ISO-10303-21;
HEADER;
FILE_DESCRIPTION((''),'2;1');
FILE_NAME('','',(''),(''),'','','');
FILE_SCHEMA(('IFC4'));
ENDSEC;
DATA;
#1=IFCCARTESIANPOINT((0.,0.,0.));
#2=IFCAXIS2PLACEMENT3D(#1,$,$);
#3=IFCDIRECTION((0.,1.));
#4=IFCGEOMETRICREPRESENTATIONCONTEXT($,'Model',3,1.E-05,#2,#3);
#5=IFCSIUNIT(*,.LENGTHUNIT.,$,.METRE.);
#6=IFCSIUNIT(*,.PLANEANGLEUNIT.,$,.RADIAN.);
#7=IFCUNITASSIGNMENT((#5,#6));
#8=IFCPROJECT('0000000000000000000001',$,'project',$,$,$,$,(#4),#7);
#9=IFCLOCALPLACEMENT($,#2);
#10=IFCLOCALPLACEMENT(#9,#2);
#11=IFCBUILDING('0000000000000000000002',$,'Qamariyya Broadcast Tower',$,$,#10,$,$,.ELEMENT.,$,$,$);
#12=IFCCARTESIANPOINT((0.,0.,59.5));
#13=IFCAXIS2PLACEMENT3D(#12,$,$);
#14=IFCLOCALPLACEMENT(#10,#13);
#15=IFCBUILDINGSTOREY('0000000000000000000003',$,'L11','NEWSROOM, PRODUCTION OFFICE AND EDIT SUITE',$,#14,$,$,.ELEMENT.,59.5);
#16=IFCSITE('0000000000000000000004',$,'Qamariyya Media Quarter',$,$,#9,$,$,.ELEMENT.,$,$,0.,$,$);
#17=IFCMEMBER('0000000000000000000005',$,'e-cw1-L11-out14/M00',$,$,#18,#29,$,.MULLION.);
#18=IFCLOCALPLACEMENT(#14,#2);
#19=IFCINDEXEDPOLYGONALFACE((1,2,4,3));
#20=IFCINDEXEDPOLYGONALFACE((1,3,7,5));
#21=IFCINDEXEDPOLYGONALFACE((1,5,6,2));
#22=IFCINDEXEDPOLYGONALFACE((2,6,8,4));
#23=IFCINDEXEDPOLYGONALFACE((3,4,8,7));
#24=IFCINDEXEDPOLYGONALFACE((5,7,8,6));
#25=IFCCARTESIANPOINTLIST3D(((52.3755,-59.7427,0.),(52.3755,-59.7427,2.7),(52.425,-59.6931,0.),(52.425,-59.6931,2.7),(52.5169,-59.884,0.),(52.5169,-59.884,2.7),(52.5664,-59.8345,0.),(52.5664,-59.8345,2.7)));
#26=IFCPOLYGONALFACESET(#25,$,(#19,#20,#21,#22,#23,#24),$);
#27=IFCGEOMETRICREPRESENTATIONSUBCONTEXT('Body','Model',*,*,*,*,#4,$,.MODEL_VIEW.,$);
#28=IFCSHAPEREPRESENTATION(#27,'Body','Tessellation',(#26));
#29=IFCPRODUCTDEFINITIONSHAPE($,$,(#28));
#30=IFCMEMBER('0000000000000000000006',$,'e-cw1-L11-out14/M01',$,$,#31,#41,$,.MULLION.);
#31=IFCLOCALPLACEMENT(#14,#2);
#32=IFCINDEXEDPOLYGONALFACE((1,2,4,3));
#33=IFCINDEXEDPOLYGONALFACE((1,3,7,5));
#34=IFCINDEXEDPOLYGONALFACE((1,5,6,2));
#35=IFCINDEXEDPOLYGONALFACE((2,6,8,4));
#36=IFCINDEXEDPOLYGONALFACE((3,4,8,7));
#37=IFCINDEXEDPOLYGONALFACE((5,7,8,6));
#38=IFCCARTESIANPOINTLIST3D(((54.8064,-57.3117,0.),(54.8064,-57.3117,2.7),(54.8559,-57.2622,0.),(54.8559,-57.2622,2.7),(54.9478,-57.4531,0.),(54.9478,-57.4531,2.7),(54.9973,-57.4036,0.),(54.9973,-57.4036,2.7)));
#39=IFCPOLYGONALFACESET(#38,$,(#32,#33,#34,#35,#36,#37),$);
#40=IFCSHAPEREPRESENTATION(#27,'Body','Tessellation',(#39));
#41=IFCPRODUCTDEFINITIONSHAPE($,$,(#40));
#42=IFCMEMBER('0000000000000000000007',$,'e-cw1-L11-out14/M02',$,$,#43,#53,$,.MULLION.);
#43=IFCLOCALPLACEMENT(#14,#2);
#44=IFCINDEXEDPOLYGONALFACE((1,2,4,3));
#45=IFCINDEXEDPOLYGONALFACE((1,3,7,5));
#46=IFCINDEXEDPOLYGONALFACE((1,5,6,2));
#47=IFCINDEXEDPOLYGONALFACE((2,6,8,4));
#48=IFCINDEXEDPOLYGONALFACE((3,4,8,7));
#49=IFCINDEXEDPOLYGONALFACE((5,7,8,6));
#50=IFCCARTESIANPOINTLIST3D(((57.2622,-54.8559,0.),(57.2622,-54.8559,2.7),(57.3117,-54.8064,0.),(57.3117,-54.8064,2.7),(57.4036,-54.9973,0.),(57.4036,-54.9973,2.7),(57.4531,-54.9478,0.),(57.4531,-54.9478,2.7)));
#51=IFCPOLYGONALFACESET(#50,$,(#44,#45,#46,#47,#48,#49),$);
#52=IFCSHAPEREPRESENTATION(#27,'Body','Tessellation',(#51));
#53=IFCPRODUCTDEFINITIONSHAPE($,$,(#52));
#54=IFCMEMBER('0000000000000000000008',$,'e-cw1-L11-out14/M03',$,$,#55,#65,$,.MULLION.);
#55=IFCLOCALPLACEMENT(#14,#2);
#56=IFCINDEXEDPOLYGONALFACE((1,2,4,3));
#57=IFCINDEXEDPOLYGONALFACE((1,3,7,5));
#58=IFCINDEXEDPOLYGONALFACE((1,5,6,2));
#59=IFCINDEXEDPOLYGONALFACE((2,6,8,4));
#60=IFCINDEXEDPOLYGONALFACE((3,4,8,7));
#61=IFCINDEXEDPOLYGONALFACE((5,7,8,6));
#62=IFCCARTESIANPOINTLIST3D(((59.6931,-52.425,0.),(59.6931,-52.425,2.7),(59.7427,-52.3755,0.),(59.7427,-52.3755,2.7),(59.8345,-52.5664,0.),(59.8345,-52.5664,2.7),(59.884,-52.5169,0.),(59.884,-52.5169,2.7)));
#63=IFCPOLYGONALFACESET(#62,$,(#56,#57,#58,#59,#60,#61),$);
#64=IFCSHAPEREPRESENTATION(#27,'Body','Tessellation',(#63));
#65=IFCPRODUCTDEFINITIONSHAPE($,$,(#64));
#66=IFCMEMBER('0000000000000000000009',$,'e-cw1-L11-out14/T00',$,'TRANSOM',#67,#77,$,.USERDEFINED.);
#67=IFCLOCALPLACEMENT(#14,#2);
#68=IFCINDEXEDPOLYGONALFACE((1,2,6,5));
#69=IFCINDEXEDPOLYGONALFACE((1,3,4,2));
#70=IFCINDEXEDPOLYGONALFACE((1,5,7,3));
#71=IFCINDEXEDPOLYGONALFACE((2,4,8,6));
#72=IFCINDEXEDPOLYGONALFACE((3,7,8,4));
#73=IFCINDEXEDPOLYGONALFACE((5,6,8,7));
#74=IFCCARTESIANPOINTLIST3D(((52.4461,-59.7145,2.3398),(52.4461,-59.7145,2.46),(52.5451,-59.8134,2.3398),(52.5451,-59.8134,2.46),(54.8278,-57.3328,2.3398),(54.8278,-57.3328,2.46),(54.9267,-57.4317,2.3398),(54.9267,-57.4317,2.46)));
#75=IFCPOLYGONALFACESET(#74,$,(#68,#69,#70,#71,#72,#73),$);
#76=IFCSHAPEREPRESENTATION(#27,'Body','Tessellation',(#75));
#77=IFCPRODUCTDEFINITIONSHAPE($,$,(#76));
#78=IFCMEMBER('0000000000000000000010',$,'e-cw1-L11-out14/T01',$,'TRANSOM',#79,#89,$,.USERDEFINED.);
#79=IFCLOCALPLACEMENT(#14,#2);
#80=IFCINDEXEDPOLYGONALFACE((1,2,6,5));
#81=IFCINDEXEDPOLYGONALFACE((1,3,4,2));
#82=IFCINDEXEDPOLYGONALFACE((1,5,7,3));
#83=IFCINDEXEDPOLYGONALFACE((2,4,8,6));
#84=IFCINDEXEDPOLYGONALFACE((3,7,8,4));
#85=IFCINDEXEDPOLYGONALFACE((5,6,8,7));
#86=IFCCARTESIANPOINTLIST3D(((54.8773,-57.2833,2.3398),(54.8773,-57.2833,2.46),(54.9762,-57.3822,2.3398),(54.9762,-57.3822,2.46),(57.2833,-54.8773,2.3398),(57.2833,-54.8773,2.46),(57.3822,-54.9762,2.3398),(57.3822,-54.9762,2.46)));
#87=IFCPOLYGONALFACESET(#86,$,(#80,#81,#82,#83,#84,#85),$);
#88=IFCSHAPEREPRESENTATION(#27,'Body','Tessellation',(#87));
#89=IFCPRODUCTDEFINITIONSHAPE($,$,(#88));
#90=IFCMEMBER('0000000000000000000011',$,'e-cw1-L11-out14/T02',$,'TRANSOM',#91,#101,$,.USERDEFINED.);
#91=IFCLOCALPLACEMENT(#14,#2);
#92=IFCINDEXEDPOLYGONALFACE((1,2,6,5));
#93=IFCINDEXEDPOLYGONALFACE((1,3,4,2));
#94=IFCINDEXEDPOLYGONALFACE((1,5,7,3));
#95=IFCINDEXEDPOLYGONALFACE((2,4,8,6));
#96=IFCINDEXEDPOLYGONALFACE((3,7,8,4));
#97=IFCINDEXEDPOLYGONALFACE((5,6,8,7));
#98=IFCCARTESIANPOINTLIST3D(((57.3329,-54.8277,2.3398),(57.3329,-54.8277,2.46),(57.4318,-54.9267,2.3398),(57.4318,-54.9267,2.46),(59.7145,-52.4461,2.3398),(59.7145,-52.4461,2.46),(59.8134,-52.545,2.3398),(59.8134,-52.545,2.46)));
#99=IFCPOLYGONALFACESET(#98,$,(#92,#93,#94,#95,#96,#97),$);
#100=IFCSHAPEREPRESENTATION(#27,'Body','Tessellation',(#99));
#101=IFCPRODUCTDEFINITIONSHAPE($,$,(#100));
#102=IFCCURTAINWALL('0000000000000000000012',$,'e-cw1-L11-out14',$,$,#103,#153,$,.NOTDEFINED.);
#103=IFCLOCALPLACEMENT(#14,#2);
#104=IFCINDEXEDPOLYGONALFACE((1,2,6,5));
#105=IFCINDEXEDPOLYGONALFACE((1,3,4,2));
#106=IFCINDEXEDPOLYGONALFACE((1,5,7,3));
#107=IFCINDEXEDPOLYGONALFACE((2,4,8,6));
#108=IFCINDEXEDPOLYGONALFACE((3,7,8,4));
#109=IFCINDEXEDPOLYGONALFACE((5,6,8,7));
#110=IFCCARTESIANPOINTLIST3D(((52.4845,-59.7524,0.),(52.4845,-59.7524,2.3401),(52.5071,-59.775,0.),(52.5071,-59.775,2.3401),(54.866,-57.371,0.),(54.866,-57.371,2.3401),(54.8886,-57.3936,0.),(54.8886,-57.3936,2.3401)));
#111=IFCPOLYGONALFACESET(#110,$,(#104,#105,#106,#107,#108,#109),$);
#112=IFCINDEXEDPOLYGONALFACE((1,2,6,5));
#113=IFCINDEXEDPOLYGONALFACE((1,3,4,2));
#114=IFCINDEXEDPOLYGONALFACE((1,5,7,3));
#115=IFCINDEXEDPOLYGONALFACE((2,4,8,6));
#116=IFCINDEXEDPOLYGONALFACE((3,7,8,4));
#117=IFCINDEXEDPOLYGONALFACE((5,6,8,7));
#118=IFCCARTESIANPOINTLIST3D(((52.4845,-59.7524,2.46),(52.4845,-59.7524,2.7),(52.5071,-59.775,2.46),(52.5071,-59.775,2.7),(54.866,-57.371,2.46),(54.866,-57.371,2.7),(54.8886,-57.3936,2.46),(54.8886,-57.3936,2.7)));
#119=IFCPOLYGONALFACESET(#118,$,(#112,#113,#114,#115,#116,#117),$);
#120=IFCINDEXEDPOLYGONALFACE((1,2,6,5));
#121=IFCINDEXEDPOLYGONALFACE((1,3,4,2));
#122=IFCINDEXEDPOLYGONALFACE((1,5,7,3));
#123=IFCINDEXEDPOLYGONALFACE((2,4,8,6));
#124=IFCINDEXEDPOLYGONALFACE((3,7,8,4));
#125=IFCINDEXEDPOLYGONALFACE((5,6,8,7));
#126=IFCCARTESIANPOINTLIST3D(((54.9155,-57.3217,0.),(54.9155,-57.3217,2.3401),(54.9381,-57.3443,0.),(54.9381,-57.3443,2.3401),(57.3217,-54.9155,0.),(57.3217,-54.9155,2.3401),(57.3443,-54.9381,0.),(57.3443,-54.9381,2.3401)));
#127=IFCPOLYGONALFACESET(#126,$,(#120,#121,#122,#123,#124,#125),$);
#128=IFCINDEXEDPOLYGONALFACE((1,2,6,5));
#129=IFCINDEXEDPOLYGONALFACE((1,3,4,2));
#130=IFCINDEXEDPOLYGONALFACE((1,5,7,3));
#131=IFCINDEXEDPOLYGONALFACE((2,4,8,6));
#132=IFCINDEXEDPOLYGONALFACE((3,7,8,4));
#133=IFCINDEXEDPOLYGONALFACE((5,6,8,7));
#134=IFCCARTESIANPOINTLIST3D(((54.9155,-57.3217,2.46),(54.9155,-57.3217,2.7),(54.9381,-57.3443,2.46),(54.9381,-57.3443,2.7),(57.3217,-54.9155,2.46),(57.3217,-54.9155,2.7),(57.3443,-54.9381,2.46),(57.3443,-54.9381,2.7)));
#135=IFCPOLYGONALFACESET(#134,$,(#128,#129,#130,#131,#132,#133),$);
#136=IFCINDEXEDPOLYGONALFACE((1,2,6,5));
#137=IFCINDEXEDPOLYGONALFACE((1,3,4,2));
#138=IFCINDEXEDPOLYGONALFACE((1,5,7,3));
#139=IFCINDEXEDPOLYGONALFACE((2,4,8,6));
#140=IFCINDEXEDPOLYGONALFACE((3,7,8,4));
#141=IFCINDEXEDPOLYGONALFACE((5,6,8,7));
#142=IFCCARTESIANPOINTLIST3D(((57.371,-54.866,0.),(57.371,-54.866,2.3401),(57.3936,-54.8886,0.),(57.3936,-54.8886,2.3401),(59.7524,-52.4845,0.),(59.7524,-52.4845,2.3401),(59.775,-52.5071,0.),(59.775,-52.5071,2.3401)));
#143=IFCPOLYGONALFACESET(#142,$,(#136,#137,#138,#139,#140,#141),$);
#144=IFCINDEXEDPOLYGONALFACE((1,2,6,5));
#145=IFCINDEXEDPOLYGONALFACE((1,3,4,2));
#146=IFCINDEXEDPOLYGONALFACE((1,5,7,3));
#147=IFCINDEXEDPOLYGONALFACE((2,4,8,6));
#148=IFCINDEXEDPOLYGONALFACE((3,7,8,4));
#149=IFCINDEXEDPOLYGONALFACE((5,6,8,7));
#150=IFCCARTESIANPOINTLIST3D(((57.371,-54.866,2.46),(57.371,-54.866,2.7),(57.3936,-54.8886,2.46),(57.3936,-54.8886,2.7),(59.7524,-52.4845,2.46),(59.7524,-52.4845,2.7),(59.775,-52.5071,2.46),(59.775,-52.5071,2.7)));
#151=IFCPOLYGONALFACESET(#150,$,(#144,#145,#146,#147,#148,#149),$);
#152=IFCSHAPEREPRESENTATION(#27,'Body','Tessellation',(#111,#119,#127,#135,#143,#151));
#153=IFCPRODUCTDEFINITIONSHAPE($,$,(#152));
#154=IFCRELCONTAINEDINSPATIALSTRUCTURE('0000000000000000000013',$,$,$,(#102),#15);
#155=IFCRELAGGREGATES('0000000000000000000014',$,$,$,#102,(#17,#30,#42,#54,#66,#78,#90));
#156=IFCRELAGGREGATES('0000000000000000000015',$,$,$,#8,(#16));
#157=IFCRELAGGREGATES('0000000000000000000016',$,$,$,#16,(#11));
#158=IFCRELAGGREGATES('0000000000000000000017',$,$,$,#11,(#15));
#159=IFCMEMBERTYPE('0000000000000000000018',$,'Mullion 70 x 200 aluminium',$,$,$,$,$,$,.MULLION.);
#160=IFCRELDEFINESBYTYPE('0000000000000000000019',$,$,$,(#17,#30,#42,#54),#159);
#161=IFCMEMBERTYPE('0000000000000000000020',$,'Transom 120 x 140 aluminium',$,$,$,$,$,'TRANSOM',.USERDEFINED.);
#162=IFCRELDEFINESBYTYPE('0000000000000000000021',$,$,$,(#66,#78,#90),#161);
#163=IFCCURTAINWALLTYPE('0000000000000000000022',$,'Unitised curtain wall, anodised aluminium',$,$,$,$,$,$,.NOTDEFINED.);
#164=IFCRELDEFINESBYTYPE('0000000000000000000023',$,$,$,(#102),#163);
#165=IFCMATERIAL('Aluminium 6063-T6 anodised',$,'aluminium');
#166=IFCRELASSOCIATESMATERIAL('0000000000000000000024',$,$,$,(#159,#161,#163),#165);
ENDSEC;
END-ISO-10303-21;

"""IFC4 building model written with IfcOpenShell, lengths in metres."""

from ifc_helpers import new_model, si_unit, direction, frame, origin, origin_2d, place, context, subcontext, project, spatial, rectangle, extrude, material, material_profile, profile_set, type_object, element, aggregate, save


model = new_model("IFC4")

# Units and contexts
model_context = context("Model", 3, precision=1e-05, world=origin(), true_north=direction((0.0, 1.0)))
body_context = subcontext(model_context, "Body", "Model", "MODEL_VIEW")
ifc_project = project(units=[si_unit("LENGTHUNIT", "METRE"), si_unit("PLANEANGLEUNIT", "RADIAN")], contexts=[model_context])

# Members
ifc_material_1 = material(Name="Aluminium 6063-T6 anodised", Category="aluminium")
ifc_material_profile_1 = material_profile(ifc_material_1, rectangle(XDim=0.2, YDim=0.0701, at=origin_2d()))
ifc_profile_set_1 = profile_set([ifc_material_profile_1], Name="Aluminium 6063-T6 anodised")
member_type_1 = type_object("IfcMemberType", Name="Mullion 70 x 200 aluminium", PredefinedType="MULLION", material=ifc_profile_set_1)
site_placement = place(None, origin())
building_placement = place(site_placement, origin())
storey_placement = place(building_placement, frame((0.0, 0.0, 59.5)))
member_1_placement = place(storey_placement, frame((52.4709, -59.7886, 0.0), z_axis=(0.0, 0.0, 1.0), x_axis=(-0.707107, 0.707107, 0.0)))
member_1 = element("IfcMember", 1, at=member_1_placement, type_object=member_type_1, Name="e-cw1-L11-out14/M00", PredefinedType="MULLION", context=body_context, shape_type="SweptSolid", body=[
    extrude(rectangle(XDim=0.2, YDim=0.0701, at=origin_2d()), origin(), (0.0, 0.0, 1.0), 2.7),
])
member_2_placement = place(storey_placement, frame((54.9019, -57.3577, 0.0), z_axis=(0.0, 0.0, 1.0), x_axis=(-0.707107, 0.707107, 0.0)))
member_2 = element("IfcMember", 2, at=member_2_placement, type_object=member_type_1, Name="e-cw1-L11-out14/M01", PredefinedType="MULLION", context=body_context, shape_type="SweptSolid", body=[
    extrude(rectangle(XDim=0.2, YDim=0.0701, at=origin_2d()), origin(), (0.0, 0.0, 1.0), 2.7),
])
member_3_placement = place(storey_placement, frame((57.3577, -54.9019, 0.0), z_axis=(0.0, 0.0, 1.0), x_axis=(-0.707107, 0.707107, 0.0)))
member_3 = element("IfcMember", 3, at=member_3_placement, type_object=member_type_1, Name="e-cw1-L11-out14/M02", PredefinedType="MULLION", context=body_context, shape_type="SweptSolid", body=[
    extrude(rectangle(XDim=0.2, YDim=0.0701, at=origin_2d()), origin(), (0.0, 0.0, 1.0), 2.7),
])
member_4_placement = place(storey_placement, frame((59.7886, -52.4709, 0.0), z_axis=(0.0, 0.0, 1.0), x_axis=(-0.707107, 0.707107, 0.0)))
member_4 = element("IfcMember", 4, at=member_4_placement, type_object=member_type_1, Name="e-cw1-L11-out14/M03", PredefinedType="MULLION", context=body_context, shape_type="SweptSolid", body=[
    extrude(rectangle(XDim=0.2, YDim=0.0701, at=origin_2d()), origin(), (0.0, 0.0, 1.0), 2.7),
])
ifc_material_profile_2 = material_profile(ifc_material_1, rectangle(XDim=0.1399, YDim=0.1201, at=origin_2d()))
ifc_profile_set_2 = profile_set([ifc_material_profile_2], Name="Aluminium 6063-T6 anodised")
member_type_2 = type_object("IfcMemberType", Name="Transom 120 x 140 aluminium", ElementType="TRANSOM", PredefinedType="USERDEFINED", material=ifc_profile_set_2)
member_5_placement = place(storey_placement, frame((52.4956, -59.7639, 2.3999), z_axis=(0.707107, 0.707107, 0.0), x_axis=(-0.707107, 0.707107, 0.0)))
member_5 = element("IfcMember", 5, at=member_5_placement, type_object=member_type_2, Name="e-cw1-L11-out14/T00", ObjectType="TRANSOM", PredefinedType="USERDEFINED", context=body_context, shape_type="SweptSolid", body=[
    extrude(rectangle(XDim=0.1399, YDim=0.1201, at=origin_2d()), origin(), (0.0, 0.0, 1.0), 3.3682),
])
member_6_placement = place(storey_placement, frame((54.9268, -57.3328, 2.3999), z_axis=(0.707107, 0.707107, 0.0), x_axis=(-0.707107, 0.707107, 0.0)))
member_6 = element("IfcMember", 6, at=member_6_placement, type_object=member_type_2, Name="e-cw1-L11-out14/T01", ObjectType="TRANSOM", PredefinedType="USERDEFINED", context=body_context, shape_type="SweptSolid", body=[
    extrude(rectangle(XDim=0.1399, YDim=0.1201, at=origin_2d()), origin(), (0.0, 0.0, 1.0), 3.4026),
])
member_7_placement = place(storey_placement, frame((57.3823, -54.8772, 2.3999), z_axis=(0.707107, 0.707107, 0.0), x_axis=(-0.707107, 0.707107, 0.0)))
member_7 = element("IfcMember", 7, at=member_7_placement, type_object=member_type_2, Name="e-cw1-L11-out14/T02", ObjectType="TRANSOM", PredefinedType="USERDEFINED", context=body_context, shape_type="SweptSolid", body=[
    extrude(rectangle(XDim=0.1399, YDim=0.1201, at=origin_2d()), origin(), (0.0, 0.0, 1.0), 3.3682),
])

# Site, building, storey
site = spatial("IfcSite", under=ifc_project, at=site_placement, Name="Qamariyya Media Quarter", CompositionType="ELEMENT", RefElevation=0.0)
building = spatial("IfcBuilding", under=site, at=building_placement, Name="Qamariyya Broadcast Tower", CompositionType="ELEMENT")
storey = spatial("IfcBuildingStorey", under=building, at=storey_placement, Name="L11", Description="NEWSROOM, PRODUCTION OFFICE AND EDIT SUITE", CompositionType="ELEMENT", Elevation=59.5)

# Curtain wall
curtain_wall_type = type_object("IfcCurtainWallType", Name="Unitised curtain wall, anodised aluminium", PredefinedType="NOTDEFINED", material=ifc_material_1)
curtain_wall_1_placement = place(storey_placement, origin())
curtain_wall_1 = element("IfcCurtainWall", 8, at=curtain_wall_1_placement, inside=storey, type_object=curtain_wall_type, Name="e-cw1-L11-out14", PredefinedType="NOTDEFINED", context=body_context, shape_type="SweptSolid", body=[
    extrude(rectangle(XDim=3.3679, YDim=0.032, at=origin_2d()), frame((53.6865, -58.573, 0.0), x_axis=(0.707107, 0.707107, 0.0)), (0.0, 0.0, 1.0), 2.3401),
    extrude(rectangle(XDim=3.3679, YDim=0.032, at=origin_2d()), frame((53.6865, -58.573, 2.46), x_axis=(0.707107, 0.707107, 0.0)), (0.0, 0.0, 1.0), 0.24),
    extrude(rectangle(XDim=3.4028, YDim=0.032, at=origin_2d()), frame((56.1299, -56.1299, 0.0), x_axis=(0.707107, 0.707107, 0.0)), (0.0, 0.0, 1.0), 2.3401),
    extrude(rectangle(XDim=3.4028, YDim=0.032, at=origin_2d()), frame((56.1299, -56.1299, 2.46), x_axis=(0.707107, 0.707107, 0.0)), (0.0, 0.0, 1.0), 0.24),
    extrude(rectangle(XDim=3.3679, YDim=0.032, at=origin_2d()), frame((58.573, -53.6865, 0.0), x_axis=(0.707107, 0.707107, 0.0)), (0.0, 0.0, 1.0), 2.3401),
    extrude(rectangle(XDim=3.3679, YDim=0.032, at=origin_2d()), frame((58.573, -53.6865, 2.46), x_axis=(0.707107, 0.707107, 0.0)), (0.0, 0.0, 1.0), 0.24),
])
aggregate(curtain_wall_1, [member_1, member_2, member_3, member_4, member_5, member_6, member_7])

save(model, "model.ifc")
